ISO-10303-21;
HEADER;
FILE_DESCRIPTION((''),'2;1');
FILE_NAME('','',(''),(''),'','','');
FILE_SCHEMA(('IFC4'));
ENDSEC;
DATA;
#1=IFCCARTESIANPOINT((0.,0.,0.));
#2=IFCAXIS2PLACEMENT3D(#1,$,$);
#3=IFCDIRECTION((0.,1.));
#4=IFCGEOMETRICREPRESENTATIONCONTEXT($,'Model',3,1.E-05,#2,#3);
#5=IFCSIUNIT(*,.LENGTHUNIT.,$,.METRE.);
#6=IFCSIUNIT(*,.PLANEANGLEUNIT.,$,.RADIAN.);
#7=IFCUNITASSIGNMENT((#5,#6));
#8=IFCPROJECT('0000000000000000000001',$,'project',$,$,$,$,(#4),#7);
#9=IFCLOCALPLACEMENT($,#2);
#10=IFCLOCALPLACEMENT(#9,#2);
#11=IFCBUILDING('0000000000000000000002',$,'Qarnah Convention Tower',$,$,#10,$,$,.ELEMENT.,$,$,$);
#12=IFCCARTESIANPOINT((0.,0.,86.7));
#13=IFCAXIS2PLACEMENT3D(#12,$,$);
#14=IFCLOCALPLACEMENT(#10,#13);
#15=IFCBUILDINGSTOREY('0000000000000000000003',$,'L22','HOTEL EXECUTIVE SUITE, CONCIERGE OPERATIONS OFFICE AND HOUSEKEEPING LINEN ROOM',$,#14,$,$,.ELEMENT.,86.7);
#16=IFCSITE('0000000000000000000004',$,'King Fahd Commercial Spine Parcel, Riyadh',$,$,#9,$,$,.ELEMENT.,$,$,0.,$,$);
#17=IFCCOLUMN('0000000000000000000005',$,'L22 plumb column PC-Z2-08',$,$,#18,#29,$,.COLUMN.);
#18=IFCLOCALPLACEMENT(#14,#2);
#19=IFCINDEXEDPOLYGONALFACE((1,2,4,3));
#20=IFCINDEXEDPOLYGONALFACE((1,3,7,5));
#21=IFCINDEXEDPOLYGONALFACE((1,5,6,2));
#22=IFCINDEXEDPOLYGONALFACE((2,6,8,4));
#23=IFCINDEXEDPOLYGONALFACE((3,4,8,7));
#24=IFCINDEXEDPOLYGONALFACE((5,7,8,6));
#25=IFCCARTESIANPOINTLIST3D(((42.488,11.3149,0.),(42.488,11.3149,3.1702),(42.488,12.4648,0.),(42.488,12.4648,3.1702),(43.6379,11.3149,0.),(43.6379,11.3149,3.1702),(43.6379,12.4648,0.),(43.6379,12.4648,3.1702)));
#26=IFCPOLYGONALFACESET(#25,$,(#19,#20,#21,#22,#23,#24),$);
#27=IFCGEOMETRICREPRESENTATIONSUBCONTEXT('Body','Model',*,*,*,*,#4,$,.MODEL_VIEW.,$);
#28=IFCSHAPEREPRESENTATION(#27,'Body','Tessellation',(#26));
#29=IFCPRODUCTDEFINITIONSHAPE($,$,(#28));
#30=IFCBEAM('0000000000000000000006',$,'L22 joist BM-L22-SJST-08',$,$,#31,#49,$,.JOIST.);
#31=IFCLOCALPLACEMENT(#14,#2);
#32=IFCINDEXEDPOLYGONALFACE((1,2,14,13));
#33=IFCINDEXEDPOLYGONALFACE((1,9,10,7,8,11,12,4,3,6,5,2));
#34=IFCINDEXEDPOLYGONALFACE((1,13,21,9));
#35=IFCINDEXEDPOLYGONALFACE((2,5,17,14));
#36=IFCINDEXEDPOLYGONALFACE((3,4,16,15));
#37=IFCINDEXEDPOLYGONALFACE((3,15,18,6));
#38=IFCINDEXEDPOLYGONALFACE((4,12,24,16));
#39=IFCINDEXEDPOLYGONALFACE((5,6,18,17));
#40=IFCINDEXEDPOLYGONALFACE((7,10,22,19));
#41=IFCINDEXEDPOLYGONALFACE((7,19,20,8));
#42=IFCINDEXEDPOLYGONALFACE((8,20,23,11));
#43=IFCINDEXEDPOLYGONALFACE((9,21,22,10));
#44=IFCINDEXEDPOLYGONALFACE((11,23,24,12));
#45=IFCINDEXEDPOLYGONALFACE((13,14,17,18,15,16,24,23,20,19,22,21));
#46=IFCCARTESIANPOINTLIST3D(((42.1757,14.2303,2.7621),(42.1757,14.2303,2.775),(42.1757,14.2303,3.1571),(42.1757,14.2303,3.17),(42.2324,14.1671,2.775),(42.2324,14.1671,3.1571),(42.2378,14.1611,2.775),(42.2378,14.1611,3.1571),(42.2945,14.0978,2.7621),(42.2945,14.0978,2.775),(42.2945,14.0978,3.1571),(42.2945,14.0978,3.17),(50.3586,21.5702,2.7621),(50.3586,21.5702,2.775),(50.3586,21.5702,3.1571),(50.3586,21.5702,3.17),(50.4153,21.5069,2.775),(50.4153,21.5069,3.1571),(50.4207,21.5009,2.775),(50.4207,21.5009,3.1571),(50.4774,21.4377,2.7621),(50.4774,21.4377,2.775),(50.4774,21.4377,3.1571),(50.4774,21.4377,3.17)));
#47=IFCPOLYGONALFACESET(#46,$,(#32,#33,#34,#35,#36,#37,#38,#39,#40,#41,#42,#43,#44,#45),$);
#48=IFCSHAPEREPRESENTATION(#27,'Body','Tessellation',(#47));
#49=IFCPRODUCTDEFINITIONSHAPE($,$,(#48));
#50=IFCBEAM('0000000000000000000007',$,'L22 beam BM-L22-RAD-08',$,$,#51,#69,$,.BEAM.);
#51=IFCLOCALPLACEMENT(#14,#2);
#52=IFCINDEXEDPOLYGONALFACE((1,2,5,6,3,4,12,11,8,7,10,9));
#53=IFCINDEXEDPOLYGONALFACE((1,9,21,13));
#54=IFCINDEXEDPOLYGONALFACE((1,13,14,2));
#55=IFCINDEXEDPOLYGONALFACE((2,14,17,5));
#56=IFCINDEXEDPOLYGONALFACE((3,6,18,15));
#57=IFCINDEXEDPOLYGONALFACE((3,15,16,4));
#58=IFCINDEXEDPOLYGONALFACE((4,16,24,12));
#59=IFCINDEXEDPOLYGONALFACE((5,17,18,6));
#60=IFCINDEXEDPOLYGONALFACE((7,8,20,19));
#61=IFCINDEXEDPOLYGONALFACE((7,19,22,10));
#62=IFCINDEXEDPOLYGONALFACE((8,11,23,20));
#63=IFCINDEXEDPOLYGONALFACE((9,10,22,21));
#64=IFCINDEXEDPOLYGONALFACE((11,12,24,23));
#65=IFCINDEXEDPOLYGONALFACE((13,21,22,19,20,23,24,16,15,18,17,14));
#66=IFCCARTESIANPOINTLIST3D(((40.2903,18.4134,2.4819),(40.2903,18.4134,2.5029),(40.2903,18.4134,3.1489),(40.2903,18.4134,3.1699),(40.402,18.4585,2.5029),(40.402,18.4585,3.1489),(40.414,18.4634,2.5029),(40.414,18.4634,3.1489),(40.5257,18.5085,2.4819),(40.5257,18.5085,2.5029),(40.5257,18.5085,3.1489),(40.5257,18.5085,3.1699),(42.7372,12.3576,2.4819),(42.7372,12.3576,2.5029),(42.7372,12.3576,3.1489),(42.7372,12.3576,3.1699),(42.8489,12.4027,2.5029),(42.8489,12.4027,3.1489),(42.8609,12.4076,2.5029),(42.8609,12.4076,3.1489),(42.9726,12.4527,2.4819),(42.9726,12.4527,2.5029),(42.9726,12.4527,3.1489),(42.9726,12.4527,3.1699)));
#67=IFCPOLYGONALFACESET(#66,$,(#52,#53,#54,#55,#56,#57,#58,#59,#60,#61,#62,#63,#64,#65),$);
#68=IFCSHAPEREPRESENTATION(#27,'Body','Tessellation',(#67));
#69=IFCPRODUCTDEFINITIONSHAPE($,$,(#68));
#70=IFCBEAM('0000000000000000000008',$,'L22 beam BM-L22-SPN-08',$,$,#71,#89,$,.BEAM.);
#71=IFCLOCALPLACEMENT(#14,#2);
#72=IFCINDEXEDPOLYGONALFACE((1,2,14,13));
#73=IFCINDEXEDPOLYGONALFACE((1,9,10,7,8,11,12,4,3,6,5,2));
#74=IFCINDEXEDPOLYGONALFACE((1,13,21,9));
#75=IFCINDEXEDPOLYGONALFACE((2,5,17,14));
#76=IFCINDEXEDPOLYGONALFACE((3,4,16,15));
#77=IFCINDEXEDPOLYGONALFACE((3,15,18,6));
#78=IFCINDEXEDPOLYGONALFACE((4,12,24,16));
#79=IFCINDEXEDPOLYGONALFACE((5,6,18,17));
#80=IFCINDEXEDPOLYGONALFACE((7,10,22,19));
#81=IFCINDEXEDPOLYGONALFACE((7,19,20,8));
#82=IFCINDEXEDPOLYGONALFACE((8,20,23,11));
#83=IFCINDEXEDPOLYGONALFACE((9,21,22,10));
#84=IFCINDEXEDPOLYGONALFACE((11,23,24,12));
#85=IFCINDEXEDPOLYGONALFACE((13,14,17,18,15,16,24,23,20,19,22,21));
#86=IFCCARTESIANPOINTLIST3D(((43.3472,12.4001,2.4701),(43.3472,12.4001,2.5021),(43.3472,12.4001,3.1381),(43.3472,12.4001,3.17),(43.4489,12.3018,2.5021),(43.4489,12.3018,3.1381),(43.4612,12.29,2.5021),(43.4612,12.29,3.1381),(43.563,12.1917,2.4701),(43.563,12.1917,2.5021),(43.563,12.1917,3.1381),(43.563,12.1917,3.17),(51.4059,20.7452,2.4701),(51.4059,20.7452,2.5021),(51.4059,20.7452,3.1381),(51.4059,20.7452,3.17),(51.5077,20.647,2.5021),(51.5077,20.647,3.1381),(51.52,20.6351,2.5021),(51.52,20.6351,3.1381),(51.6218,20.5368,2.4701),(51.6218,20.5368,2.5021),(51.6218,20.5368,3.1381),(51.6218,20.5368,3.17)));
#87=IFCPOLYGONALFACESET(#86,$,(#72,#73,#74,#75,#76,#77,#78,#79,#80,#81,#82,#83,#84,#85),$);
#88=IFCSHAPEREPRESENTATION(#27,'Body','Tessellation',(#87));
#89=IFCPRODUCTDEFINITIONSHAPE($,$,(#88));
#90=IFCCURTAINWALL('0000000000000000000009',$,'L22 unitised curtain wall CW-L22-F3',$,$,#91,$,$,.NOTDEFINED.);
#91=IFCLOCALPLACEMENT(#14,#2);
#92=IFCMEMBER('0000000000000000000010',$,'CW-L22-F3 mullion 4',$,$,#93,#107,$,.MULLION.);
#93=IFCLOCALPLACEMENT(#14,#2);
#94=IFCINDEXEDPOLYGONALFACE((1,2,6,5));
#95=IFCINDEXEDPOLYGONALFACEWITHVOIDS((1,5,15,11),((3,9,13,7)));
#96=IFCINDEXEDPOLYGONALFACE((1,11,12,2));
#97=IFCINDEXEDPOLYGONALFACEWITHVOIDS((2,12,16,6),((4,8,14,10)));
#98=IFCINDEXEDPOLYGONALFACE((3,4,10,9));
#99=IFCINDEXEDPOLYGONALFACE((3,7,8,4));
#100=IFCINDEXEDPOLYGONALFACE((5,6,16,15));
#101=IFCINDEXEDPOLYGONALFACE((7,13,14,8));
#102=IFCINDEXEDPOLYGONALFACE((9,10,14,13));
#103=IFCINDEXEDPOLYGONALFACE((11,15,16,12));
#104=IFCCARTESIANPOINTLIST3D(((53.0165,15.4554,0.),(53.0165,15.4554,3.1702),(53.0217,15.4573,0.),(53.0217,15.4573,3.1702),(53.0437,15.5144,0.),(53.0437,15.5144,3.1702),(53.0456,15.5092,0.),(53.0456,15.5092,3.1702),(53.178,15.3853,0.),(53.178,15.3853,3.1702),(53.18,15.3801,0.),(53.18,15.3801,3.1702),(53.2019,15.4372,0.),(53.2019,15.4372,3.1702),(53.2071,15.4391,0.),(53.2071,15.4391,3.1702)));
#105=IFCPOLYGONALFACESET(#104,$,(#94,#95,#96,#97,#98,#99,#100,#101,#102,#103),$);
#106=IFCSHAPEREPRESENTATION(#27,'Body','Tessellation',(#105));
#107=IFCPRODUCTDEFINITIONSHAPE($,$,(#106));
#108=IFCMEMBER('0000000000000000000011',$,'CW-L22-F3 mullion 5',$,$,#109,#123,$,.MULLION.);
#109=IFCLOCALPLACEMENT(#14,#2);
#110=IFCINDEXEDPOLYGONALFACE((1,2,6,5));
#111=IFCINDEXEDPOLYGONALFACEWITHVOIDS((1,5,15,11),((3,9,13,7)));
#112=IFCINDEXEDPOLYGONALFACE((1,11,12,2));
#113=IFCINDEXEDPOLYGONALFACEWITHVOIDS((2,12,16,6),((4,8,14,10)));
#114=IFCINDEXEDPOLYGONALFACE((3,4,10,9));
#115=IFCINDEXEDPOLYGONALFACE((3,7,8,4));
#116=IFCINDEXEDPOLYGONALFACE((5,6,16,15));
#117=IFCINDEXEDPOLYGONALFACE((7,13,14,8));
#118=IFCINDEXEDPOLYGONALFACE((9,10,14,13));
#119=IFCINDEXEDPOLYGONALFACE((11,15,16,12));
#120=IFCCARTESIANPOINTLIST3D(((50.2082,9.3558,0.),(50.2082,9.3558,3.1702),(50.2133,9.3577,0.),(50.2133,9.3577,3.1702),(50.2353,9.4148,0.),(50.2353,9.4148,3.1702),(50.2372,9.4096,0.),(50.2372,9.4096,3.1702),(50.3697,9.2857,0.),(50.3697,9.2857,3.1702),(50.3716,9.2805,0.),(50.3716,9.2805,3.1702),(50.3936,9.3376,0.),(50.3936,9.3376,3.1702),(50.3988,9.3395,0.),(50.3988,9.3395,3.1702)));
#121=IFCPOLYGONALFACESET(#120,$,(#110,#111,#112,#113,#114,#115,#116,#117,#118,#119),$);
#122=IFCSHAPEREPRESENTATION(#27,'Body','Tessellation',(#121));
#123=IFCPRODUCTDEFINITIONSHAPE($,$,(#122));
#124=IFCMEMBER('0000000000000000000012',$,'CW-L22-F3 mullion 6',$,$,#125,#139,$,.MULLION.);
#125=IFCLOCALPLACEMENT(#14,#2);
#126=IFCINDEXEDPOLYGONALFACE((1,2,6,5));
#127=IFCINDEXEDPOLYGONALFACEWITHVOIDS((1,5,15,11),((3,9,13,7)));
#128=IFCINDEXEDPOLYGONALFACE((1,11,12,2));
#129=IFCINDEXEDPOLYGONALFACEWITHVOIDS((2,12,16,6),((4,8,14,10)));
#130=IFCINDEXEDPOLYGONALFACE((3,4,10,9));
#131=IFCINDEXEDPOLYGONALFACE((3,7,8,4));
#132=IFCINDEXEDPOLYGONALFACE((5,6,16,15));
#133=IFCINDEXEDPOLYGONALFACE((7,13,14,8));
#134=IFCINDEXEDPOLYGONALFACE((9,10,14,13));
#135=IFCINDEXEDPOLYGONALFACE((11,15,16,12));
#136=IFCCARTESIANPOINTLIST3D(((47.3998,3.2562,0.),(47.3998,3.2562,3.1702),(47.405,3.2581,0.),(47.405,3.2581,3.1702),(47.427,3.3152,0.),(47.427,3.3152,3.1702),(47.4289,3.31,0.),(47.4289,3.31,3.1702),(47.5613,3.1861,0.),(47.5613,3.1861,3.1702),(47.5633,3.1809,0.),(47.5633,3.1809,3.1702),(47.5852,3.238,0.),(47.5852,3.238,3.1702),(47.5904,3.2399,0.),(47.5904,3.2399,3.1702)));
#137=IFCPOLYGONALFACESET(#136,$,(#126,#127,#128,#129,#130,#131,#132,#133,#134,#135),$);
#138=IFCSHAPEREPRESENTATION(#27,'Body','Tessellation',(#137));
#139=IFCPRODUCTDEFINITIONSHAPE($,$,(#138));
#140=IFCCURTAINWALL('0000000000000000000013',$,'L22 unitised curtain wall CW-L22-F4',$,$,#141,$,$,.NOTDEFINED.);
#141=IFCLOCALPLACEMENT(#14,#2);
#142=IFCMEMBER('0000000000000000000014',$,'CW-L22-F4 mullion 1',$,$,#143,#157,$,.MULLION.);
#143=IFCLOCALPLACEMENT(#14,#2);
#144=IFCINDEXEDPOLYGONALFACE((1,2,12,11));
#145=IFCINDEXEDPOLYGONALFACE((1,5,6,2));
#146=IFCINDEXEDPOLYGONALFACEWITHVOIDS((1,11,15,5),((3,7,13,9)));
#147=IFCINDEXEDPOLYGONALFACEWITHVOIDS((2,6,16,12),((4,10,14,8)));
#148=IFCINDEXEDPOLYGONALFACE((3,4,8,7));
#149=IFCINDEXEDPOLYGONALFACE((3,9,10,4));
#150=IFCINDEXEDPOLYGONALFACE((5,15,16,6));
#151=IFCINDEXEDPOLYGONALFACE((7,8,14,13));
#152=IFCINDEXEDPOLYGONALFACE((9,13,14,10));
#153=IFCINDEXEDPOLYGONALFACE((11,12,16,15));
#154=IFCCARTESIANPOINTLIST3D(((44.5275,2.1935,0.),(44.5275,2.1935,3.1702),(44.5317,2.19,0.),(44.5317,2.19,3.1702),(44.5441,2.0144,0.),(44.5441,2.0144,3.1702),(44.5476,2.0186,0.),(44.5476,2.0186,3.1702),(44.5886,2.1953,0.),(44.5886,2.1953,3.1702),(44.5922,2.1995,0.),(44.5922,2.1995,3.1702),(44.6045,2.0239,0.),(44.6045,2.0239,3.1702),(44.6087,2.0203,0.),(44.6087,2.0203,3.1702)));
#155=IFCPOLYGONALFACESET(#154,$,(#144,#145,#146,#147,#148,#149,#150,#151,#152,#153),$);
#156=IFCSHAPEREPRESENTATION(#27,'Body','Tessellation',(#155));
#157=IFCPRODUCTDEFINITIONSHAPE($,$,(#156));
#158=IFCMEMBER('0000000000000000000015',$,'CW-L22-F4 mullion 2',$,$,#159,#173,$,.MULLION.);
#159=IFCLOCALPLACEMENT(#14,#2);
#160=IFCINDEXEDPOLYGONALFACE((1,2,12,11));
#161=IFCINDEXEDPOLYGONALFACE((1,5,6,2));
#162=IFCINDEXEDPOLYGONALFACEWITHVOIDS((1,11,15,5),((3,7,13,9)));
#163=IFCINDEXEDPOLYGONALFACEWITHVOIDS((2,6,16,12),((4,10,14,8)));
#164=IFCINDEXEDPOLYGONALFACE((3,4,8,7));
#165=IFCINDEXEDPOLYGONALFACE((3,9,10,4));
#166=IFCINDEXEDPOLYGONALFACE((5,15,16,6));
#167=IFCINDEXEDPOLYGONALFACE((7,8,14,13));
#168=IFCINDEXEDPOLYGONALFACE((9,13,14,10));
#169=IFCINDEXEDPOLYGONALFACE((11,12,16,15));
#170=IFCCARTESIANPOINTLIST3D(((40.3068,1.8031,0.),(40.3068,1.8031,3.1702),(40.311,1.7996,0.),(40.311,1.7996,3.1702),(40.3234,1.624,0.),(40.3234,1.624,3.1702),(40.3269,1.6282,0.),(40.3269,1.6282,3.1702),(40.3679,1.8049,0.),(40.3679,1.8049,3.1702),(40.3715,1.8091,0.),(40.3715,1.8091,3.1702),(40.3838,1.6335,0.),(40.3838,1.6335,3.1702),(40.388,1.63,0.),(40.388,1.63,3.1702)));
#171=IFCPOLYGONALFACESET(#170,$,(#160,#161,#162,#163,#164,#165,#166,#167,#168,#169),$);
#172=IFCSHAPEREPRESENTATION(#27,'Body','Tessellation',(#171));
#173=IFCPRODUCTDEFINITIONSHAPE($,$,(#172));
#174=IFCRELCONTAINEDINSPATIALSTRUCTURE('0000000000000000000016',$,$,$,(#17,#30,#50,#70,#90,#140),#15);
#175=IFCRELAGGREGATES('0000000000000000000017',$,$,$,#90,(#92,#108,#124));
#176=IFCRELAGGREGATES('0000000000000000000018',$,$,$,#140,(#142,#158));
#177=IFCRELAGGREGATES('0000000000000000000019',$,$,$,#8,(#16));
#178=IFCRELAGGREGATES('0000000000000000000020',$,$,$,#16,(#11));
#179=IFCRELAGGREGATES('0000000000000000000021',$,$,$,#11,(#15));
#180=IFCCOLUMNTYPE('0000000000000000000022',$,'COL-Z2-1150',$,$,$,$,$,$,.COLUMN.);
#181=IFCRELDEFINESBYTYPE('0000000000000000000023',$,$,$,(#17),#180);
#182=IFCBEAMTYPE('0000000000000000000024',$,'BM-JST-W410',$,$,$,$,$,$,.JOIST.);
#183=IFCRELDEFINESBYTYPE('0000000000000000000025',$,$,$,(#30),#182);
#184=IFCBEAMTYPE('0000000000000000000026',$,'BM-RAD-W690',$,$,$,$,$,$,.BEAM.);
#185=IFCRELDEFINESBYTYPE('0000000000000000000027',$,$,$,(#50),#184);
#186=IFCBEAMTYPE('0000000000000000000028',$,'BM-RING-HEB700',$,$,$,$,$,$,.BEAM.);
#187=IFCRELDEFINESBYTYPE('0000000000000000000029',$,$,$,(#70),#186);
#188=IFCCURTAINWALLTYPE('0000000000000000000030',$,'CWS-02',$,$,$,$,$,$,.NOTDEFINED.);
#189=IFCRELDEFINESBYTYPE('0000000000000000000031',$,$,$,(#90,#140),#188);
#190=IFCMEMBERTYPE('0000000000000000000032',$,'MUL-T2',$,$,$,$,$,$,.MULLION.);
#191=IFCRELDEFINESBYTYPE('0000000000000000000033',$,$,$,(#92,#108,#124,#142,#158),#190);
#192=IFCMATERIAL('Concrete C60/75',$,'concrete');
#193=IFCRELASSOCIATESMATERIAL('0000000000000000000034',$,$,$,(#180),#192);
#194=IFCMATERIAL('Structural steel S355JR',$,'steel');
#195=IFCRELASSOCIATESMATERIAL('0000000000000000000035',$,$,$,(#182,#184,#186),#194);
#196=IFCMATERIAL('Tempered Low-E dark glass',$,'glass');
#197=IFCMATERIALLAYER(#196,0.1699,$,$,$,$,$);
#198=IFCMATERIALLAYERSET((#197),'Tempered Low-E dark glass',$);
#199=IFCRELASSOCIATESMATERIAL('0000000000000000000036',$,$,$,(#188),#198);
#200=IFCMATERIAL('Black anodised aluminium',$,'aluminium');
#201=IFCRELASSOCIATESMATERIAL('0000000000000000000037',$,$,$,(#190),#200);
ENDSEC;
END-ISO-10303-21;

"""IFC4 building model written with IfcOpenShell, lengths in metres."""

from ifc_helpers import new_model, si_unit, direction, frame, origin, origin_2d, place, context, subcontext, project, spatial, rectangle, hollow_rectangle, i_section, extrude, material, layer, layer_set, material_profile, profile_set, type_object, element, aggregate, save


model = new_model("IFC4")

# Units and contexts
model_context = context("Model", 3, precision=1e-05, world=origin(), true_north=direction((0.0, 1.0)))
body_context = subcontext(model_context, "Body", "Model", "MODEL_VIEW")
ifc_project = project(units=[si_unit("LENGTHUNIT", "METRE"), si_unit("PLANEANGLEUNIT", "RADIAN")], contexts=[model_context])

# Site, building, storey
site_placement = place(None, origin())
site = spatial("IfcSite", under=ifc_project, at=site_placement, Name="King Fahd Commercial Spine Parcel, Riyadh", CompositionType="ELEMENT", RefElevation=0.0)
building_placement = place(site_placement, origin())
building = spatial("IfcBuilding", under=site, at=building_placement, Name="Qarnah Convention Tower", CompositionType="ELEMENT")
storey_placement = place(building_placement, frame((0.0, 0.0, 86.7)))
storey = spatial("IfcBuildingStorey", under=building, at=storey_placement, Name="L22", Description="HOTEL EXECUTIVE SUITE, CONCIERGE OPERATIONS OFFICE AND HOUSEKEEPING LINEN ROOM", CompositionType="ELEMENT", Elevation=86.7)

# Column
ifc_material_1 = material(Name="Concrete C60/75", Category="concrete")
ifc_material_profile_1 = material_profile(ifc_material_1, rectangle(XDim=1.1499, YDim=1.1499, at=origin_2d()), Name="RC-COL-1150X1150")
ifc_profile_set_1 = profile_set([ifc_material_profile_1], Name="Concrete C60/75")
column_type = type_object("IfcColumnType", Name="COL-Z2-1150", PredefinedType="COLUMN", material=ifc_profile_set_1)
column_placement = place(storey_placement, frame((43.063, 11.8899, 0.0), z_axis=(0.0, 0.0, 1.0), x_axis=(1.0, 0.0, 0.0)))
element("IfcColumn", 1, at=column_placement, inside=storey, type_object=column_type, Name="L22 plumb column PC-Z2-08", PredefinedType="COLUMN", context=body_context, shape_type="SweptSolid", body=[
    extrude(rectangle(XDim=1.1499, YDim=1.1499, at=origin_2d()), origin(), (0.0, 0.0, 1.0), 3.1702),
])

# Beams
ifc_material_2 = material(Name="Structural steel S355JR", Category="steel")
ifc_material_profile_2 = material_profile(ifc_material_2, i_section(OverallWidth=0.178, OverallDepth=0.408, WebThickness=0.0081, FlangeThickness=0.0129, at=origin_2d()), Name="W410X60")
ifc_profile_set_2 = profile_set([ifc_material_profile_2], Name="Structural steel S355JR")
beam_type_1 = type_object("IfcBeamType", Name="BM-JST-W410", PredefinedType="JOIST", material=ifc_profile_set_2)
beam_1_placement = place(storey_placement, frame((42.2351, 14.1641, 2.9661), z_axis=(0.744412, 0.667721, 0.0), x_axis=(-0.667721, 0.744412, 0.0)))
element("IfcBeam", 2, at=beam_1_placement, inside=storey, type_object=beam_type_1, Name="L22 joist BM-L22-SJST-08", PredefinedType="JOIST", context=body_context, shape_type="SweptSolid", body=[
    extrude(i_section(OverallWidth=0.178, OverallDepth=0.408, WebThickness=0.0081, FlangeThickness=0.0129, at=origin_2d()), origin(), (0.0, 0.0, 1.0), 10.9924),
])
ifc_material_profile_3 = material_profile(ifc_material_2, i_section(OverallWidth=0.2539, OverallDepth=0.688, WebThickness=0.0129, FlangeThickness=0.021, at=origin_2d()), Name="W690X152")
ifc_profile_set_3 = profile_set([ifc_material_profile_3], Name="Structural steel S355JR")
beam_type_2 = type_object("IfcBeamType", Name="BM-RAD-W690", PredefinedType="BEAM", material=ifc_profile_set_3)
beam_2_placement = place(storey_placement, frame((40.408, 18.4609, 2.8259), z_axis=(0.374643, -0.927169, 0.0), x_axis=(0.927169, 0.374643, 0.0)))
element("IfcBeam", 3, at=beam_2_placement, inside=storey, type_object=beam_type_2, Name="L22 beam BM-L22-RAD-08", PredefinedType="BEAM", context=body_context, shape_type="SweptSolid", body=[
    extrude(i_section(OverallWidth=0.2539, OverallDepth=0.688, WebThickness=0.0129, FlangeThickness=0.021, at=origin_2d()), origin(), (0.0, 0.0, 1.0), 6.5315),
])
ifc_material_profile_4 = material_profile(ifc_material_2, i_section(OverallWidth=0.3, OverallDepth=0.7, WebThickness=0.0171, FlangeThickness=0.032, at=origin_2d()), Name="HEB700")
ifc_profile_set_4 = profile_set([ifc_material_profile_4], Name="Structural steel S355JR")
beam_type_3 = type_object("IfcBeamType", Name="BM-RING-HEB700", PredefinedType="BEAM", material=ifc_profile_set_4)
beam_3_placement = place(storey_placement, frame((43.4551, 12.2959, 2.8201), z_axis=(0.694656, 0.719342, 0.0), x_axis=(-0.719342, 0.694656, 0.0)))
element("IfcBeam", 4, at=beam_3_placement, inside=storey, type_object=beam_type_3, Name="L22 beam BM-L22-SPN-08", PredefinedType="BEAM", context=body_context, shape_type="SweptSolid", body=[
    extrude(i_section(OverallWidth=0.3, OverallDepth=0.7, WebThickness=0.0171, FlangeThickness=0.032, at=origin_2d()), origin(), (0.0, 0.0, 1.0), 11.6011),
])

# Curtain walls, members
ifc_material_3 = material(Name="Tempered Low-E dark glass", Category="glass")
ifc_layer_1 = layer(ifc_material_3, 0.1699)
ifc_layer_set_1 = layer_set([ifc_layer_1], Name="Tempered Low-E dark glass")
curtain_wall_type = type_object("IfcCurtainWallType", Name="CWS-02", PredefinedType="NOTDEFINED", material=ifc_layer_set_1)
curtain_wall_1_placement = place(storey_placement, origin())
curtain_wall_1 = element("IfcCurtainWall", 5, at=curtain_wall_1_placement, inside=storey, type_object=curtain_wall_type, Name="L22 unitised curtain wall CW-L22-F3", PredefinedType="NOTDEFINED")
ifc_material_4 = material(Name="Black anodised aluminium", Category="aluminium")
ifc_material_profile_5 = material_profile(ifc_material_4, hollow_rectangle(XDim=0.0649, YDim=0.1799, WallThickness=0.0039, at=origin_2d()), Name="MUL-65X180")
ifc_profile_set_5 = profile_set([ifc_material_profile_5], Name="Black anodised aluminium")
member_type_1 = type_object("IfcMemberType", Name="MUL-T2", PredefinedType="MULLION", material=ifc_profile_set_5)
member_1_placement = place(storey_placement, frame((53.1118, 15.4473, 0.0), z_axis=(0.0, 0.0, 1.0), x_axis=(-0.418223, -0.908344, 0.0)))
member_1 = element("IfcMember", 6, at=member_1_placement, type_object=member_type_1, Name="CW-L22-F3 mullion 4", PredefinedType="MULLION", context=body_context, shape_type="SweptSolid", body=[
    extrude(hollow_rectangle(XDim=0.0649, YDim=0.1799, WallThickness=0.0039, at=origin_2d()), origin(), (0.0, 0.0, 1.0), 3.1702),
])
member_2_placement = place(storey_placement, frame((50.3035, 9.3477, 0.0), z_axis=(0.0, 0.0, 1.0), x_axis=(-0.418223, -0.908344, 0.0)))
member_2 = element("IfcMember", 7, at=member_2_placement, type_object=member_type_1, Name="CW-L22-F3 mullion 5", PredefinedType="MULLION", context=body_context, shape_type="SweptSolid", body=[
    extrude(hollow_rectangle(XDim=0.0649, YDim=0.1799, WallThickness=0.0039, at=origin_2d()), origin(), (0.0, 0.0, 1.0), 3.1702),
])
member_3_placement = place(storey_placement, frame((47.4951, 3.248, 0.0), z_axis=(0.0, 0.0, 1.0), x_axis=(-0.418223, -0.908344, 0.0)))
member_3 = element("IfcMember", 8, at=member_3_placement, type_object=member_type_1, Name="CW-L22-F3 mullion 6", PredefinedType="MULLION", context=body_context, shape_type="SweptSolid", body=[
    extrude(hollow_rectangle(XDim=0.0649, YDim=0.1799, WallThickness=0.0039, at=origin_2d()), origin(), (0.0, 0.0, 1.0), 3.1702),
])
curtain_wall_2_placement = place(storey_placement, origin())
curtain_wall_2 = element("IfcCurtainWall", 9, at=curtain_wall_2_placement, inside=storey, type_object=curtain_wall_type, Name="L22 unitised curtain wall CW-L22-F4", PredefinedType="NOTDEFINED")
member_4_placement = place(storey_placement, frame((44.5681, 2.1069, 0.0), z_axis=(0.0, 0.0, 1.0), x_axis=(-0.995747, -0.092131, 0.0)))
member_4 = element("IfcMember", 10, at=member_4_placement, type_object=member_type_1, Name="CW-L22-F4 mullion 1", PredefinedType="MULLION", context=body_context, shape_type="SweptSolid", body=[
    extrude(hollow_rectangle(XDim=0.0649, YDim=0.1799, WallThickness=0.0039, at=origin_2d()), origin(), (0.0, 0.0, 1.0), 3.1702),
])
member_5_placement = place(storey_placement, frame((40.3474, 1.7166, 0.0), z_axis=(0.0, 0.0, 1.0), x_axis=(-0.995747, -0.092131, 0.0)))
member_5 = element("IfcMember", 11, at=member_5_placement, type_object=member_type_1, Name="CW-L22-F4 mullion 2", PredefinedType="MULLION", context=body_context, shape_type="SweptSolid", body=[
    extrude(hollow_rectangle(XDim=0.0649, YDim=0.1799, WallThickness=0.0039, at=origin_2d()), origin(), (0.0, 0.0, 1.0), 3.1702),
])

aggregate(curtain_wall_1, [member_1, member_2, member_3])
aggregate(curtain_wall_2, [member_4, member_5])

save(model, "model.ifc")
